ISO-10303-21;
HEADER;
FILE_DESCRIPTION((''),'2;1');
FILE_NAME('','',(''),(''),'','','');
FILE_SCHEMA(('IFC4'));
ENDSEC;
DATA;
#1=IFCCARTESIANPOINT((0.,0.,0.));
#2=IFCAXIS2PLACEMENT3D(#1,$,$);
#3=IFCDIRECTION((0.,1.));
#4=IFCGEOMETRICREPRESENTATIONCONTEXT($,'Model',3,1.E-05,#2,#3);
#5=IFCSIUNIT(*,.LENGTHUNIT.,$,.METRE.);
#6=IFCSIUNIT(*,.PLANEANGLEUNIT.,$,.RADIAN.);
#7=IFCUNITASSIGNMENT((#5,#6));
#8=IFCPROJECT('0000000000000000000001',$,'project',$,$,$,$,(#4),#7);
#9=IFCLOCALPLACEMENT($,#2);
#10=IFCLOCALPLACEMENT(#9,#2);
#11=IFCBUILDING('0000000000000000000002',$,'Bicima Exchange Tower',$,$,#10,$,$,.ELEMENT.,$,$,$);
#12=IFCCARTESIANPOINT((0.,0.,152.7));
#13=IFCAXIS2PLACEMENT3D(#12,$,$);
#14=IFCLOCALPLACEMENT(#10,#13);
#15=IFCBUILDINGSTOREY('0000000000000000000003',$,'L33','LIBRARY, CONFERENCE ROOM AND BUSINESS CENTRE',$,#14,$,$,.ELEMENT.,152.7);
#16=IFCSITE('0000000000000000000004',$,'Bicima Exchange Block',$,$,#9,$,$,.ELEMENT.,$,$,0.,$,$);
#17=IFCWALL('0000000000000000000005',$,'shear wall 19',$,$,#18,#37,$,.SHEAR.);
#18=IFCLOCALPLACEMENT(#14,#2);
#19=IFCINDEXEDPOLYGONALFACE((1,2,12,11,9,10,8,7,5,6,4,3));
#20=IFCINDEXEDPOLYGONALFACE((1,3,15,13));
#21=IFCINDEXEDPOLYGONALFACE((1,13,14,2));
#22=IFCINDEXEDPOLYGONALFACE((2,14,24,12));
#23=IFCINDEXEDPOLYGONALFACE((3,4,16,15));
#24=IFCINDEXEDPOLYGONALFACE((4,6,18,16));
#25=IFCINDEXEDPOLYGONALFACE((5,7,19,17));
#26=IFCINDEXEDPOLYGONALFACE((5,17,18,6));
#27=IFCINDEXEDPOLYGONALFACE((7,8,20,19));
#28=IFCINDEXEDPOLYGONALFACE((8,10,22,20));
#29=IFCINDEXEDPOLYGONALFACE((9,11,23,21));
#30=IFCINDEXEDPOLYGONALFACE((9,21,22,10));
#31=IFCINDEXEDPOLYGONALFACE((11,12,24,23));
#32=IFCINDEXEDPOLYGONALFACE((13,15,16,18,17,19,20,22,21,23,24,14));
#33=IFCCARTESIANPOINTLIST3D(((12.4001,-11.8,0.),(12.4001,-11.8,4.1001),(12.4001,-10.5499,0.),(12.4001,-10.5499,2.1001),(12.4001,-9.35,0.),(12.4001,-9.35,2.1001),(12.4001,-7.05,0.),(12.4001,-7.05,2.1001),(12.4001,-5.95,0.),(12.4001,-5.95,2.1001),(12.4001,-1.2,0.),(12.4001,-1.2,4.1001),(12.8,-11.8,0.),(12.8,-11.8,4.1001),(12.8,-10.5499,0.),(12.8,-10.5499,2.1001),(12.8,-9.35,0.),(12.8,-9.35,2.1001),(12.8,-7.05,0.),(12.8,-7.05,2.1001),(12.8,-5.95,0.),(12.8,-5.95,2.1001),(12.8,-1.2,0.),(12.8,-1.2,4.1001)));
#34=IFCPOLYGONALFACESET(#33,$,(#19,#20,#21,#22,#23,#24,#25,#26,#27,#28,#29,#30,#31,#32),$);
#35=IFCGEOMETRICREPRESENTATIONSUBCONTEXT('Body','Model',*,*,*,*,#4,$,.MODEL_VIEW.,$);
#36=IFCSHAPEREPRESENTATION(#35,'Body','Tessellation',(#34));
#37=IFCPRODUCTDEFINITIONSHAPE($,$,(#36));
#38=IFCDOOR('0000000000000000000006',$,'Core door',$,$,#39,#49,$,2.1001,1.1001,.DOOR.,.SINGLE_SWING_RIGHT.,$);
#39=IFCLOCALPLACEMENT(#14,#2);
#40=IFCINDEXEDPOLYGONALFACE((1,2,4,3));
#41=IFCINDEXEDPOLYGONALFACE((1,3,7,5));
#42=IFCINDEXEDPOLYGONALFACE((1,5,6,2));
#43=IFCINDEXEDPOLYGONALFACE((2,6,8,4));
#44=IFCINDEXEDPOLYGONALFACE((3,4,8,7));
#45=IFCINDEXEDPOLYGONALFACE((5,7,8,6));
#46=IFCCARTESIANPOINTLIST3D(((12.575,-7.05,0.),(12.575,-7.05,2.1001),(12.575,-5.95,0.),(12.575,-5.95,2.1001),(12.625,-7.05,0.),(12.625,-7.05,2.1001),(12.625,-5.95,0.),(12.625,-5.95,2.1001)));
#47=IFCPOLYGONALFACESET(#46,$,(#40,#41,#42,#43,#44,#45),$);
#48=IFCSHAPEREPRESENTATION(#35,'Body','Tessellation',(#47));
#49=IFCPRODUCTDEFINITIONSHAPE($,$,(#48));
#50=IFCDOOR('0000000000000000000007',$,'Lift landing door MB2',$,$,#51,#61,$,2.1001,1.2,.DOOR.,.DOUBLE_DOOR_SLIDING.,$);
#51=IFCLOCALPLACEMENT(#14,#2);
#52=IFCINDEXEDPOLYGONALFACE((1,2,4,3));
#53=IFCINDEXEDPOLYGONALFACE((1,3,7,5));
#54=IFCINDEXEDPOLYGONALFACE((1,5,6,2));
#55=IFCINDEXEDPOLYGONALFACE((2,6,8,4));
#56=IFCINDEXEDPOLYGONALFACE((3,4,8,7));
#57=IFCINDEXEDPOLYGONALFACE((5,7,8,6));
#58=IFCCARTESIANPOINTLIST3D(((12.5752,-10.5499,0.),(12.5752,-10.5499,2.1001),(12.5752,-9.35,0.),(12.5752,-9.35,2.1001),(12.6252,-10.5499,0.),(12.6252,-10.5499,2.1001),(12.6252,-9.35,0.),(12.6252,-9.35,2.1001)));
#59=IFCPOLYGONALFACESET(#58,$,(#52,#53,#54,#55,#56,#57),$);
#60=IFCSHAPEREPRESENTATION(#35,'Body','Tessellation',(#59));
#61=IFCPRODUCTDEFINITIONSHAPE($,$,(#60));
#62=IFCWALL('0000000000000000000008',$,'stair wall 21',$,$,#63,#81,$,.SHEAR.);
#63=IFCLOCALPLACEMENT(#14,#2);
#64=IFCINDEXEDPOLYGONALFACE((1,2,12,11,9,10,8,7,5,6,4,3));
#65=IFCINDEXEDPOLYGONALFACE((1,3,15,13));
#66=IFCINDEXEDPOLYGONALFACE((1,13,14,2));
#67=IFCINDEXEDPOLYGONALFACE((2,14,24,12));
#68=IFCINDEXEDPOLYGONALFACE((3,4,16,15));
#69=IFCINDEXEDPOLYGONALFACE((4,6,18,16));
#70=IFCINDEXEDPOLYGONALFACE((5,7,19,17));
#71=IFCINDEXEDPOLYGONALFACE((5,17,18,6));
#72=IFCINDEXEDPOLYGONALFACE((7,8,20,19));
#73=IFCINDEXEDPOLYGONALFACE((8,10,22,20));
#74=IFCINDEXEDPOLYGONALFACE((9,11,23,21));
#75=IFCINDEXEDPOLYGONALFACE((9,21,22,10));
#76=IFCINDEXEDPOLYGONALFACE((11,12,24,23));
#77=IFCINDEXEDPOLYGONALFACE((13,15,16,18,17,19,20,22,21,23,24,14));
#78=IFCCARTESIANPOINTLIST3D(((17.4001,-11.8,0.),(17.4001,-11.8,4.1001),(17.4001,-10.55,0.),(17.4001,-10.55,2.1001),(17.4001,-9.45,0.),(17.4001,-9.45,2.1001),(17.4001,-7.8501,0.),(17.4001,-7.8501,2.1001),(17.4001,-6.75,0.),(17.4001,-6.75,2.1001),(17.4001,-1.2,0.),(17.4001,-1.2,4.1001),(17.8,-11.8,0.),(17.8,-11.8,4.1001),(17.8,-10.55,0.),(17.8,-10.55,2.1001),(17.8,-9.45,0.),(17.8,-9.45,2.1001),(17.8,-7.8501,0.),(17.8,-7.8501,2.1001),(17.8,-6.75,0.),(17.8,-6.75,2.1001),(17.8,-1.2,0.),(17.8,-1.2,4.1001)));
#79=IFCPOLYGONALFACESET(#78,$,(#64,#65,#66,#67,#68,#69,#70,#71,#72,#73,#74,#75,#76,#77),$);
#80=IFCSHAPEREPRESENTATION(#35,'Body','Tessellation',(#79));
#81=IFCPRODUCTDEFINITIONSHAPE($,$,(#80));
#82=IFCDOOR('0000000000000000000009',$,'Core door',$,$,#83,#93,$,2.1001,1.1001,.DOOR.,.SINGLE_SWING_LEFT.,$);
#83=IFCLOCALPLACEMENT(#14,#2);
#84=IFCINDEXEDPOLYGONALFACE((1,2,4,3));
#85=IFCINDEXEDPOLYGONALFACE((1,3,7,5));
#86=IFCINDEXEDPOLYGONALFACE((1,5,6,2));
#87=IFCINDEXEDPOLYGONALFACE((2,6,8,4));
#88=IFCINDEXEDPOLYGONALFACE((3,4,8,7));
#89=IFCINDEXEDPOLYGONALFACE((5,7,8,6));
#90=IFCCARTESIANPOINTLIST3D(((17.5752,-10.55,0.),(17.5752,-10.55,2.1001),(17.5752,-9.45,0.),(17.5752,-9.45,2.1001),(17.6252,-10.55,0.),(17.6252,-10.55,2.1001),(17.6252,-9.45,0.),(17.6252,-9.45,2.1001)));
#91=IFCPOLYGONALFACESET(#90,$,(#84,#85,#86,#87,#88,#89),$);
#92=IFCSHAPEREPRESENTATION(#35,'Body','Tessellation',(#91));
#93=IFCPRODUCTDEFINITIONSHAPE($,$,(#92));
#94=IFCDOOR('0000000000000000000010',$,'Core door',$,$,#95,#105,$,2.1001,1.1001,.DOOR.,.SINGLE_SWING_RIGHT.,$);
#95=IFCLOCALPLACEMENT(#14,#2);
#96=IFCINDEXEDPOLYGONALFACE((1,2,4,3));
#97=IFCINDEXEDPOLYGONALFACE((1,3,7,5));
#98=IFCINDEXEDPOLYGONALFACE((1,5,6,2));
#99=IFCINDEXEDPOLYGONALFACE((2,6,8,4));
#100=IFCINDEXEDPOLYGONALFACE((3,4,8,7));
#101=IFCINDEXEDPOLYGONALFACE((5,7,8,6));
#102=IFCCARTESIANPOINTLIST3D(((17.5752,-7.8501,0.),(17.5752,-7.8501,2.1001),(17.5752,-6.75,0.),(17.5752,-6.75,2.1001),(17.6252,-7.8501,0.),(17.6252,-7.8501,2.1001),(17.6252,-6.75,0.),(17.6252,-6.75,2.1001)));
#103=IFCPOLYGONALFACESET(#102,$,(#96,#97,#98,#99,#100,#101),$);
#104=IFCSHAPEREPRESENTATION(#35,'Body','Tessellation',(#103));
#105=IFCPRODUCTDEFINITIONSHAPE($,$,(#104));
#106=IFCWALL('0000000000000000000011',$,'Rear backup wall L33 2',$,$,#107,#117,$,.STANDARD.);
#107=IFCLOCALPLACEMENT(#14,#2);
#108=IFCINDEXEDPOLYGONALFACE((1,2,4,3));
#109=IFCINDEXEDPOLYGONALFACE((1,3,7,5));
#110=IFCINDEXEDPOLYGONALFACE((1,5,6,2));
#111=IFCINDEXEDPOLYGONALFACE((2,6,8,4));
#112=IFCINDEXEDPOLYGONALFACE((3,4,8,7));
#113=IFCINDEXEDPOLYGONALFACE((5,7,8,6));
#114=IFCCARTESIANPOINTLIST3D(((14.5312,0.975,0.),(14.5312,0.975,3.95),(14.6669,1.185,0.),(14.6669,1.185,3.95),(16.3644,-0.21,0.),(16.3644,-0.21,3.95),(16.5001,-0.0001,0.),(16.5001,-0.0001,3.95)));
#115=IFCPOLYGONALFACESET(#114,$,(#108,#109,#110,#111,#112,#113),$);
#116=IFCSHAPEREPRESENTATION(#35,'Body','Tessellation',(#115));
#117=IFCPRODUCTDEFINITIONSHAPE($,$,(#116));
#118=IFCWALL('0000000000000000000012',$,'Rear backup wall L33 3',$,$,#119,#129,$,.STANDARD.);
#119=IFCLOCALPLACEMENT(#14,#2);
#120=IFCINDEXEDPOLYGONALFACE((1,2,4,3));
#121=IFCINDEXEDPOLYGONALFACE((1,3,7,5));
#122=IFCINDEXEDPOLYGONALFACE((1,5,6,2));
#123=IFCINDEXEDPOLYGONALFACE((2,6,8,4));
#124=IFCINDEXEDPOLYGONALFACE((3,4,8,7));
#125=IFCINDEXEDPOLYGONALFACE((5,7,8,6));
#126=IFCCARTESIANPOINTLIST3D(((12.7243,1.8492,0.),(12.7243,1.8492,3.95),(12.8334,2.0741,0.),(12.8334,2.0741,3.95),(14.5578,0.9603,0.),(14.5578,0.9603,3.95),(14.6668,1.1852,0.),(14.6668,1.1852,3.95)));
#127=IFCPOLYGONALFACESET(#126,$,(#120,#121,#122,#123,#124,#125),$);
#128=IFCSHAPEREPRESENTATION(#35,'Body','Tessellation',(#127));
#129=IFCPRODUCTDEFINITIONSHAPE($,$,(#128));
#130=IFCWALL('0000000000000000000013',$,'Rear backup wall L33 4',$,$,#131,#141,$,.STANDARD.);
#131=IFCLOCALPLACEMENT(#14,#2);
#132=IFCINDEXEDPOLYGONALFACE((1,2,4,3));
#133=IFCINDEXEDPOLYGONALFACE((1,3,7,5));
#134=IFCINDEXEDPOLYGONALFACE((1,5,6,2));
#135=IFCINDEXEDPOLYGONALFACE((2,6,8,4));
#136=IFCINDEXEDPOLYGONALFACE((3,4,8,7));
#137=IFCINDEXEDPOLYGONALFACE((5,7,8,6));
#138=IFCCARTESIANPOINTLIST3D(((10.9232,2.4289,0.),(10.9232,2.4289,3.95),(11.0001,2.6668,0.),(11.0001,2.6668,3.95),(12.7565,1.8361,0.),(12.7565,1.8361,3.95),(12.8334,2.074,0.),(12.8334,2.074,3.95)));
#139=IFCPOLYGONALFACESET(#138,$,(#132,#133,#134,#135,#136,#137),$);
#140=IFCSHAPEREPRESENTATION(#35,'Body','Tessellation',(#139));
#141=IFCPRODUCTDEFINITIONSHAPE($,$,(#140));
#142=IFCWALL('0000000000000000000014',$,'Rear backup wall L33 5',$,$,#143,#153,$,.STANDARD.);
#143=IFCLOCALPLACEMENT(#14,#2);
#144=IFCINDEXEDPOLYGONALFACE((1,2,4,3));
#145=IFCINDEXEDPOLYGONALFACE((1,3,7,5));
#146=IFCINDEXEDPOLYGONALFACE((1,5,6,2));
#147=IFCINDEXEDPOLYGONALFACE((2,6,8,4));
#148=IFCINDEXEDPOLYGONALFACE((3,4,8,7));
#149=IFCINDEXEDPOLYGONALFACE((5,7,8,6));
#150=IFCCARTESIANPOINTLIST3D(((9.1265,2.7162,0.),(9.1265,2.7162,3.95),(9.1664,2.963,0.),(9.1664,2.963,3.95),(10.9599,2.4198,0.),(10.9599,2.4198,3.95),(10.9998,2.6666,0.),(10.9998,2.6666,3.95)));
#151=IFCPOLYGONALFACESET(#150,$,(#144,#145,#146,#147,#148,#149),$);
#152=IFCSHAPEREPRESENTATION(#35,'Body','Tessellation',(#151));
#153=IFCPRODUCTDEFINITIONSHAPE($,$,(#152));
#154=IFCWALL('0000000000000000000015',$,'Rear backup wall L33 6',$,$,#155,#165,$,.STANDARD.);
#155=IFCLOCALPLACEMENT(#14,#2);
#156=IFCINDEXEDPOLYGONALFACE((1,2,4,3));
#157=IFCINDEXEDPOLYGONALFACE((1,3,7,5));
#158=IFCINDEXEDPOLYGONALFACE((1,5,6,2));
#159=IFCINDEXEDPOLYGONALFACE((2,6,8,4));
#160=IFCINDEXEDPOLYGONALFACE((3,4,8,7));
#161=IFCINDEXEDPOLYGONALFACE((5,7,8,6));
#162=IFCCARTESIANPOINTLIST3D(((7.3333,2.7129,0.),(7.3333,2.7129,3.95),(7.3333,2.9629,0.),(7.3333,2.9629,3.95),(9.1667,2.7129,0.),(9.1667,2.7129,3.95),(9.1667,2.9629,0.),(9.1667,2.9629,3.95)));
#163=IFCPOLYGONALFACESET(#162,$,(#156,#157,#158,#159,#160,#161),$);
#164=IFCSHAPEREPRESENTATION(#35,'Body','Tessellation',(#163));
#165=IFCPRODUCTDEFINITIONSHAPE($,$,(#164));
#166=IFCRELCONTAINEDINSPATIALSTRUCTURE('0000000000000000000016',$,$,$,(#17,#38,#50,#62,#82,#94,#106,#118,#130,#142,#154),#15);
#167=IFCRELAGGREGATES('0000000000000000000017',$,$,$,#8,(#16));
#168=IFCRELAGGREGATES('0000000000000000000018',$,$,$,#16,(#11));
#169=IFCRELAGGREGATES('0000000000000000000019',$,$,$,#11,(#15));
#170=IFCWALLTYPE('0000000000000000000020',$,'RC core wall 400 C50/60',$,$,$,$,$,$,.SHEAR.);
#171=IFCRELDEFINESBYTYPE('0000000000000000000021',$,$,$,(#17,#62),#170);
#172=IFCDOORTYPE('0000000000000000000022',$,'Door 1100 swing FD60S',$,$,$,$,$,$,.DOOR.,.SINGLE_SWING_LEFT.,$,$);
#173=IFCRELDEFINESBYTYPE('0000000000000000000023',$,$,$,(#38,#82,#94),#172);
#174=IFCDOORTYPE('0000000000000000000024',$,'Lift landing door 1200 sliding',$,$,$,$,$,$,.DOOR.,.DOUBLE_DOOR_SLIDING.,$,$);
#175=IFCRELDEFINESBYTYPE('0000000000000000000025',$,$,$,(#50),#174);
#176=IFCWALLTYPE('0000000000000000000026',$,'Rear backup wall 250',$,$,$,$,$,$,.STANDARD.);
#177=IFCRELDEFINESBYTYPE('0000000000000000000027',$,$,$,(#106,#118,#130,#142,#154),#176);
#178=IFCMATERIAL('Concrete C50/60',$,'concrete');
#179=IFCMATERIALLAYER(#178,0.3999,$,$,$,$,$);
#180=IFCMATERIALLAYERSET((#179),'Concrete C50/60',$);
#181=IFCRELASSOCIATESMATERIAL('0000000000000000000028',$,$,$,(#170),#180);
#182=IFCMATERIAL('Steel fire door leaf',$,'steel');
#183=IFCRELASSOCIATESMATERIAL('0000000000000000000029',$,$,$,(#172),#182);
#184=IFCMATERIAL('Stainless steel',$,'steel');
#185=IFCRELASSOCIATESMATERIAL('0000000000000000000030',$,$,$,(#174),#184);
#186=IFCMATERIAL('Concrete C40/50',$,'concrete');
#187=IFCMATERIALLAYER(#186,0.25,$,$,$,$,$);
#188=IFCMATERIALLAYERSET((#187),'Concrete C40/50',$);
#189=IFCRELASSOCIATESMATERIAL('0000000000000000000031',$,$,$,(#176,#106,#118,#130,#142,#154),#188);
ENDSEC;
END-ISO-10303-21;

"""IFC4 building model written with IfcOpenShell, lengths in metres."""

from ifc_helpers import new_model, si_unit, direction, frame, frame_2d, origin, place, context, subcontext, project, spatial, rectangle, extrude, material, layer, layer_set, layer_usage, type_object, element, fill, save


model = new_model("IFC4")

# Units and contexts
model_context = context("Model", 3, precision=1e-05, world=origin(), true_north=direction((0.0, 1.0)))
body_context = subcontext(model_context, "Body", "Model", "MODEL_VIEW")
ifc_project = project(units=[si_unit("LENGTHUNIT", "METRE"), si_unit("PLANEANGLEUNIT", "RADIAN")], contexts=[model_context])

# Site, building, storey
site_placement = place(None, origin())
site = spatial("IfcSite", under=ifc_project, at=site_placement, Name="Bicima Exchange Block", CompositionType="ELEMENT", RefElevation=0.0)
building_placement = place(site_placement, origin())
building = spatial("IfcBuilding", under=site, at=building_placement, Name="Bicima Exchange Tower", CompositionType="ELEMENT")
storey_placement = place(building_placement, frame((0.0, 0.0, 152.7)))
storey = spatial("IfcBuildingStorey", under=building, at=storey_placement, Name="L33", Description="LIBRARY, CONFERENCE ROOM AND BUSINESS CENTRE", CompositionType="ELEMENT", Elevation=152.7)

# Shared definitions
ifc_material_1 = material(Name="Concrete C50/60", Category="concrete")
ifc_layer_1 = layer(ifc_material_1, 0.3999)
ifc_layer_set_1 = layer_set([ifc_layer_1], Name="Concrete C50/60")
wall_type_1 = type_object("IfcWallType", Name="RC core wall 400 C50/60", PredefinedType="SHEAR", material=ifc_layer_set_1)
ifc_material_2 = material(Name="Steel fire door leaf", Category="steel")

# Walls, openings, doors
wall_1_placement = place(storey_placement, frame((12.6001, -11.8, 0.0), z_axis=(0.0, 0.0, 1.0), x_axis=(0.0, 1.0, 0.0)))
wall_1 = element("IfcWall", 1, at=wall_1_placement, inside=storey, type_object=wall_type_1, Name="shear wall 19", PredefinedType="SHEAR", context=body_context, shape_type="SweptSolid", body=[
    extrude(rectangle(XDim=10.6001, YDim=0.3999, at=frame_2d((5.3, 0.0))), origin(), (0.0, 0.0, 1.0), 4.1001),
])
opening_1_placement = place(wall_1_placement, frame((1.25, 0.0, 0.0)))
opening_1 = element("IfcOpeningElement", 2, at=opening_1_placement, cuts=wall_1, PredefinedType="OPENING", context=body_context, shape_type="SweptSolid", body=[
    extrude(rectangle(XDim=1.2, YDim=2.1001, at=frame_2d((0.6001, 1.05))), frame((0.0, 0.2119, 0.0), z_axis=(0.0, -1.0, 0.0), x_axis=(1.0, 0.0, 0.0)), (0.0, 0.0, 1.0), 0.4238),
])
opening_2_placement = place(wall_1_placement, frame((4.75, 0.0, 0.0)))
opening_2 = element("IfcOpeningElement", 3, at=opening_2_placement, cuts=wall_1, PredefinedType="OPENING", context=body_context, shape_type="SweptSolid", body=[
    extrude(rectangle(XDim=1.1001, YDim=2.1001, at=frame_2d((0.55, 1.05))), frame((0.0, 0.2119, 0.0), z_axis=(0.0, -1.0, 0.0), x_axis=(1.0, 0.0, 0.0)), (0.0, 0.0, 1.0), 0.4238),
])
door_type_1 = type_object("IfcDoorType", Name="Door 1100 swing FD60S", OperationType="SINGLE_SWING_LEFT", PredefinedType="DOOR", material=ifc_material_2)
door_1_placement = place(opening_2_placement, frame((1.1001, 0.0, 0.0), z_axis=(0.0, 0.0, 1.0), x_axis=(-1.0, 0.0, 0.0)))
door_1 = element("IfcDoor", 4, at=door_1_placement, inside=storey, type_object=door_type_1, Name="Core door", OperationType="SINGLE_SWING_RIGHT", OverallHeight=2.1001, OverallWidth=1.1001, PredefinedType="DOOR", context=body_context, shape_type="SweptSolid", body=[
    extrude(rectangle(XDim=1.1001, YDim=2.1001, at=frame_2d((0.55, 1.05))), frame((0.0, 0.0249, 0.0), z_axis=(0.0, -1.0, 0.0), x_axis=(1.0, 0.0, 0.0)), (0.0, 0.0, 1.0), 0.05),
])
fill(opening_2, door_1)
ifc_material_3 = material(Name="Stainless steel", Category="steel")
door_type_2 = type_object("IfcDoorType", Name="Lift landing door 1200 sliding", OperationType="DOUBLE_DOOR_SLIDING", PredefinedType="DOOR", material=ifc_material_3)
door_2_placement = place(opening_1_placement, origin())
door_2 = element("IfcDoor", 5, at=door_2_placement, inside=storey, type_object=door_type_2, Name="Lift landing door MB2", OperationType="DOUBLE_DOOR_SLIDING", OverallHeight=2.1001, OverallWidth=1.2, PredefinedType="DOOR", context=body_context, shape_type="SweptSolid", body=[
    extrude(rectangle(XDim=1.2, YDim=2.1001, at=frame_2d((0.6001, 1.05))), frame((0.0, 0.0249, 0.0), z_axis=(0.0, -1.0, 0.0), x_axis=(1.0, 0.0, 0.0)), (0.0, 0.0, 1.0), 0.05),
])
fill(opening_1, door_2)
wall_2_placement = place(storey_placement, frame((17.6001, -11.8, 0.0), z_axis=(0.0, 0.0, 1.0), x_axis=(0.0, 1.0, 0.0)))
wall_2 = element("IfcWall", 6, at=wall_2_placement, inside=storey, type_object=wall_type_1, Name="stair wall 21", PredefinedType="SHEAR", context=body_context, shape_type="SweptSolid", body=[
    extrude(rectangle(XDim=10.6001, YDim=0.3999, at=frame_2d((5.3, 0.0))), origin(), (0.0, 0.0, 1.0), 4.1001),
])
opening_3_placement = place(wall_2_placement, frame((1.25, 0.0, 0.0)))
opening_3 = element("IfcOpeningElement", 7, at=opening_3_placement, cuts=wall_2, PredefinedType="OPENING", context=body_context, shape_type="SweptSolid", body=[
    extrude(rectangle(XDim=1.1001, YDim=2.1001, at=frame_2d((0.55, 1.05))), frame((0.0, 0.2119, 0.0), z_axis=(0.0, -1.0, 0.0), x_axis=(1.0, 0.0, 0.0)), (0.0, 0.0, 1.0), 0.4238),
])
opening_4_placement = place(wall_2_placement, frame((3.95, 0.0, 0.0)))
opening_4 = element("IfcOpeningElement", 8, at=opening_4_placement, cuts=wall_2, PredefinedType="OPENING", context=body_context, shape_type="SweptSolid", body=[
    extrude(rectangle(XDim=1.1001, YDim=2.1001, at=frame_2d((0.55, 1.05))), frame((0.0, 0.2119, 0.0), z_axis=(0.0, -1.0, 0.0), x_axis=(1.0, 0.0, 0.0)), (0.0, 0.0, 1.0), 0.4238),
])
door_3_placement = place(opening_3_placement, origin())
door_3 = element("IfcDoor", 9, at=door_3_placement, inside=storey, type_object=door_type_1, Name="Core door", OperationType="SINGLE_SWING_LEFT", OverallHeight=2.1001, OverallWidth=1.1001, PredefinedType="DOOR", context=body_context, shape_type="SweptSolid", body=[
    extrude(rectangle(XDim=1.1001, YDim=2.1001, at=frame_2d((0.55, 1.05))), frame((0.0, 0.0249, 0.0), z_axis=(0.0, -1.0, 0.0), x_axis=(1.0, 0.0, 0.0)), (0.0, 0.0, 1.0), 0.05),
])
fill(opening_3, door_3)
door_4_placement = place(opening_4_placement, origin())
door_4 = element("IfcDoor", 10, at=door_4_placement, inside=storey, type_object=door_type_1, Name="Core door", OperationType="SINGLE_SWING_RIGHT", OverallHeight=2.1001, OverallWidth=1.1001, PredefinedType="DOOR", context=body_context, shape_type="SweptSolid", body=[
    extrude(rectangle(XDim=1.1001, YDim=2.1001, at=frame_2d((0.55, 1.05))), frame((0.0, 0.0249, 0.0), z_axis=(0.0, -1.0, 0.0), x_axis=(1.0, 0.0, 0.0)), (0.0, 0.0, 1.0), 0.05),
])
fill(opening_4, door_4)

# Walls
ifc_material_4 = material(Name="Concrete C40/50", Category="concrete")
ifc_layer_2 = layer(ifc_material_4, 0.25)
ifc_layer_set_2 = layer_set([ifc_layer_2], Name="Concrete C40/50")
ifc_layer_usage = layer_usage(ifc_layer_set_2, "AXIS2", "POSITIVE", -0.125)
wall_type_2 = type_object("IfcWallType", Name="Rear backup wall 250", PredefinedType="STANDARD", material=ifc_layer_set_2)
wall_3_placement = place(storey_placement, frame((16.4321, -0.105, 0.0), z_axis=(0.0, 0.0, 1.0), x_axis=(-0.839813, 0.542876, 0.0)))
element("IfcWall", 11, at=wall_3_placement, inside=storey, type_object=wall_type_2, material=ifc_layer_usage, Name="Rear backup wall L33 2", PredefinedType="STANDARD", context=body_context, shape_type="SweptSolid", body=[
    extrude(rectangle(XDim=2.1829, YDim=0.25, at=frame_2d((1.0913, 0.0))), origin(), (0.0, 0.0, 1.0), 3.95),
])
wall_4_placement = place(storey_placement, frame((14.6123, 1.0728, 0.0), z_axis=(0.0, 0.0, 1.0), x_axis=(-0.899824, 0.436253, 0.0)))
element("IfcWall", 12, at=wall_4_placement, inside=storey, type_object=wall_type_2, material=ifc_layer_usage, Name="Rear backup wall L33 3", PredefinedType="STANDARD", context=body_context, shape_type="SweptSolid", body=[
    extrude(rectangle(XDim=2.0376, YDim=0.25, at=frame_2d((1.0188, 0.0))), origin(), (0.0, 0.0, 1.0), 3.95),
])
wall_5_placement = place(storey_placement, frame((12.7949, 1.9551, 0.0), z_axis=(0.0, 0.0, 1.0), x_axis=(-0.951496, 0.307662, 0.0)))
element("IfcWall", 13, at=wall_5_placement, inside=storey, type_object=wall_type_2, material=ifc_layer_usage, Name="Rear backup wall L33 4", PredefinedType="STANDARD", context=body_context, shape_type="SweptSolid", body=[
    extrude(rectangle(XDim=1.9268, YDim=0.25, at=frame_2d((0.9634, 0.0))), origin(), (0.0, 0.0, 1.0), 3.95),
])
wall_6_placement = place(storey_placement, frame((10.98, 2.5432, 0.0), z_axis=(0.0, 0.0, 1.0), x_axis=(-0.987182, 0.1596, 0.0)))
element("IfcWall", 14, at=wall_6_placement, inside=storey, type_object=wall_type_2, material=ifc_layer_usage, Name="Rear backup wall L33 5", PredefinedType="STANDARD", context=body_context, shape_type="SweptSolid", body=[
    extrude(rectangle(XDim=1.8572, YDim=0.25, at=frame_2d((0.9287, 0.0))), origin(), (0.0, 0.0, 1.0), 3.95),
])
wall_7_placement = place(storey_placement, frame((9.1667, 2.8379, 0.0), z_axis=(0.0, 0.0, 1.0), x_axis=(-1.0, 0.0, 0.0)))
element("IfcWall", 15, at=wall_7_placement, inside=storey, type_object=wall_type_2, material=ifc_layer_usage, Name="Rear backup wall L33 6", PredefinedType="STANDARD", context=body_context, shape_type="SweptSolid", body=[
    extrude(rectangle(XDim=1.8335, YDim=0.25, at=frame_2d((0.9167, 0.0))), origin(), (0.0, 0.0, 1.0), 3.95),
])

save(model, "model.ifc")
